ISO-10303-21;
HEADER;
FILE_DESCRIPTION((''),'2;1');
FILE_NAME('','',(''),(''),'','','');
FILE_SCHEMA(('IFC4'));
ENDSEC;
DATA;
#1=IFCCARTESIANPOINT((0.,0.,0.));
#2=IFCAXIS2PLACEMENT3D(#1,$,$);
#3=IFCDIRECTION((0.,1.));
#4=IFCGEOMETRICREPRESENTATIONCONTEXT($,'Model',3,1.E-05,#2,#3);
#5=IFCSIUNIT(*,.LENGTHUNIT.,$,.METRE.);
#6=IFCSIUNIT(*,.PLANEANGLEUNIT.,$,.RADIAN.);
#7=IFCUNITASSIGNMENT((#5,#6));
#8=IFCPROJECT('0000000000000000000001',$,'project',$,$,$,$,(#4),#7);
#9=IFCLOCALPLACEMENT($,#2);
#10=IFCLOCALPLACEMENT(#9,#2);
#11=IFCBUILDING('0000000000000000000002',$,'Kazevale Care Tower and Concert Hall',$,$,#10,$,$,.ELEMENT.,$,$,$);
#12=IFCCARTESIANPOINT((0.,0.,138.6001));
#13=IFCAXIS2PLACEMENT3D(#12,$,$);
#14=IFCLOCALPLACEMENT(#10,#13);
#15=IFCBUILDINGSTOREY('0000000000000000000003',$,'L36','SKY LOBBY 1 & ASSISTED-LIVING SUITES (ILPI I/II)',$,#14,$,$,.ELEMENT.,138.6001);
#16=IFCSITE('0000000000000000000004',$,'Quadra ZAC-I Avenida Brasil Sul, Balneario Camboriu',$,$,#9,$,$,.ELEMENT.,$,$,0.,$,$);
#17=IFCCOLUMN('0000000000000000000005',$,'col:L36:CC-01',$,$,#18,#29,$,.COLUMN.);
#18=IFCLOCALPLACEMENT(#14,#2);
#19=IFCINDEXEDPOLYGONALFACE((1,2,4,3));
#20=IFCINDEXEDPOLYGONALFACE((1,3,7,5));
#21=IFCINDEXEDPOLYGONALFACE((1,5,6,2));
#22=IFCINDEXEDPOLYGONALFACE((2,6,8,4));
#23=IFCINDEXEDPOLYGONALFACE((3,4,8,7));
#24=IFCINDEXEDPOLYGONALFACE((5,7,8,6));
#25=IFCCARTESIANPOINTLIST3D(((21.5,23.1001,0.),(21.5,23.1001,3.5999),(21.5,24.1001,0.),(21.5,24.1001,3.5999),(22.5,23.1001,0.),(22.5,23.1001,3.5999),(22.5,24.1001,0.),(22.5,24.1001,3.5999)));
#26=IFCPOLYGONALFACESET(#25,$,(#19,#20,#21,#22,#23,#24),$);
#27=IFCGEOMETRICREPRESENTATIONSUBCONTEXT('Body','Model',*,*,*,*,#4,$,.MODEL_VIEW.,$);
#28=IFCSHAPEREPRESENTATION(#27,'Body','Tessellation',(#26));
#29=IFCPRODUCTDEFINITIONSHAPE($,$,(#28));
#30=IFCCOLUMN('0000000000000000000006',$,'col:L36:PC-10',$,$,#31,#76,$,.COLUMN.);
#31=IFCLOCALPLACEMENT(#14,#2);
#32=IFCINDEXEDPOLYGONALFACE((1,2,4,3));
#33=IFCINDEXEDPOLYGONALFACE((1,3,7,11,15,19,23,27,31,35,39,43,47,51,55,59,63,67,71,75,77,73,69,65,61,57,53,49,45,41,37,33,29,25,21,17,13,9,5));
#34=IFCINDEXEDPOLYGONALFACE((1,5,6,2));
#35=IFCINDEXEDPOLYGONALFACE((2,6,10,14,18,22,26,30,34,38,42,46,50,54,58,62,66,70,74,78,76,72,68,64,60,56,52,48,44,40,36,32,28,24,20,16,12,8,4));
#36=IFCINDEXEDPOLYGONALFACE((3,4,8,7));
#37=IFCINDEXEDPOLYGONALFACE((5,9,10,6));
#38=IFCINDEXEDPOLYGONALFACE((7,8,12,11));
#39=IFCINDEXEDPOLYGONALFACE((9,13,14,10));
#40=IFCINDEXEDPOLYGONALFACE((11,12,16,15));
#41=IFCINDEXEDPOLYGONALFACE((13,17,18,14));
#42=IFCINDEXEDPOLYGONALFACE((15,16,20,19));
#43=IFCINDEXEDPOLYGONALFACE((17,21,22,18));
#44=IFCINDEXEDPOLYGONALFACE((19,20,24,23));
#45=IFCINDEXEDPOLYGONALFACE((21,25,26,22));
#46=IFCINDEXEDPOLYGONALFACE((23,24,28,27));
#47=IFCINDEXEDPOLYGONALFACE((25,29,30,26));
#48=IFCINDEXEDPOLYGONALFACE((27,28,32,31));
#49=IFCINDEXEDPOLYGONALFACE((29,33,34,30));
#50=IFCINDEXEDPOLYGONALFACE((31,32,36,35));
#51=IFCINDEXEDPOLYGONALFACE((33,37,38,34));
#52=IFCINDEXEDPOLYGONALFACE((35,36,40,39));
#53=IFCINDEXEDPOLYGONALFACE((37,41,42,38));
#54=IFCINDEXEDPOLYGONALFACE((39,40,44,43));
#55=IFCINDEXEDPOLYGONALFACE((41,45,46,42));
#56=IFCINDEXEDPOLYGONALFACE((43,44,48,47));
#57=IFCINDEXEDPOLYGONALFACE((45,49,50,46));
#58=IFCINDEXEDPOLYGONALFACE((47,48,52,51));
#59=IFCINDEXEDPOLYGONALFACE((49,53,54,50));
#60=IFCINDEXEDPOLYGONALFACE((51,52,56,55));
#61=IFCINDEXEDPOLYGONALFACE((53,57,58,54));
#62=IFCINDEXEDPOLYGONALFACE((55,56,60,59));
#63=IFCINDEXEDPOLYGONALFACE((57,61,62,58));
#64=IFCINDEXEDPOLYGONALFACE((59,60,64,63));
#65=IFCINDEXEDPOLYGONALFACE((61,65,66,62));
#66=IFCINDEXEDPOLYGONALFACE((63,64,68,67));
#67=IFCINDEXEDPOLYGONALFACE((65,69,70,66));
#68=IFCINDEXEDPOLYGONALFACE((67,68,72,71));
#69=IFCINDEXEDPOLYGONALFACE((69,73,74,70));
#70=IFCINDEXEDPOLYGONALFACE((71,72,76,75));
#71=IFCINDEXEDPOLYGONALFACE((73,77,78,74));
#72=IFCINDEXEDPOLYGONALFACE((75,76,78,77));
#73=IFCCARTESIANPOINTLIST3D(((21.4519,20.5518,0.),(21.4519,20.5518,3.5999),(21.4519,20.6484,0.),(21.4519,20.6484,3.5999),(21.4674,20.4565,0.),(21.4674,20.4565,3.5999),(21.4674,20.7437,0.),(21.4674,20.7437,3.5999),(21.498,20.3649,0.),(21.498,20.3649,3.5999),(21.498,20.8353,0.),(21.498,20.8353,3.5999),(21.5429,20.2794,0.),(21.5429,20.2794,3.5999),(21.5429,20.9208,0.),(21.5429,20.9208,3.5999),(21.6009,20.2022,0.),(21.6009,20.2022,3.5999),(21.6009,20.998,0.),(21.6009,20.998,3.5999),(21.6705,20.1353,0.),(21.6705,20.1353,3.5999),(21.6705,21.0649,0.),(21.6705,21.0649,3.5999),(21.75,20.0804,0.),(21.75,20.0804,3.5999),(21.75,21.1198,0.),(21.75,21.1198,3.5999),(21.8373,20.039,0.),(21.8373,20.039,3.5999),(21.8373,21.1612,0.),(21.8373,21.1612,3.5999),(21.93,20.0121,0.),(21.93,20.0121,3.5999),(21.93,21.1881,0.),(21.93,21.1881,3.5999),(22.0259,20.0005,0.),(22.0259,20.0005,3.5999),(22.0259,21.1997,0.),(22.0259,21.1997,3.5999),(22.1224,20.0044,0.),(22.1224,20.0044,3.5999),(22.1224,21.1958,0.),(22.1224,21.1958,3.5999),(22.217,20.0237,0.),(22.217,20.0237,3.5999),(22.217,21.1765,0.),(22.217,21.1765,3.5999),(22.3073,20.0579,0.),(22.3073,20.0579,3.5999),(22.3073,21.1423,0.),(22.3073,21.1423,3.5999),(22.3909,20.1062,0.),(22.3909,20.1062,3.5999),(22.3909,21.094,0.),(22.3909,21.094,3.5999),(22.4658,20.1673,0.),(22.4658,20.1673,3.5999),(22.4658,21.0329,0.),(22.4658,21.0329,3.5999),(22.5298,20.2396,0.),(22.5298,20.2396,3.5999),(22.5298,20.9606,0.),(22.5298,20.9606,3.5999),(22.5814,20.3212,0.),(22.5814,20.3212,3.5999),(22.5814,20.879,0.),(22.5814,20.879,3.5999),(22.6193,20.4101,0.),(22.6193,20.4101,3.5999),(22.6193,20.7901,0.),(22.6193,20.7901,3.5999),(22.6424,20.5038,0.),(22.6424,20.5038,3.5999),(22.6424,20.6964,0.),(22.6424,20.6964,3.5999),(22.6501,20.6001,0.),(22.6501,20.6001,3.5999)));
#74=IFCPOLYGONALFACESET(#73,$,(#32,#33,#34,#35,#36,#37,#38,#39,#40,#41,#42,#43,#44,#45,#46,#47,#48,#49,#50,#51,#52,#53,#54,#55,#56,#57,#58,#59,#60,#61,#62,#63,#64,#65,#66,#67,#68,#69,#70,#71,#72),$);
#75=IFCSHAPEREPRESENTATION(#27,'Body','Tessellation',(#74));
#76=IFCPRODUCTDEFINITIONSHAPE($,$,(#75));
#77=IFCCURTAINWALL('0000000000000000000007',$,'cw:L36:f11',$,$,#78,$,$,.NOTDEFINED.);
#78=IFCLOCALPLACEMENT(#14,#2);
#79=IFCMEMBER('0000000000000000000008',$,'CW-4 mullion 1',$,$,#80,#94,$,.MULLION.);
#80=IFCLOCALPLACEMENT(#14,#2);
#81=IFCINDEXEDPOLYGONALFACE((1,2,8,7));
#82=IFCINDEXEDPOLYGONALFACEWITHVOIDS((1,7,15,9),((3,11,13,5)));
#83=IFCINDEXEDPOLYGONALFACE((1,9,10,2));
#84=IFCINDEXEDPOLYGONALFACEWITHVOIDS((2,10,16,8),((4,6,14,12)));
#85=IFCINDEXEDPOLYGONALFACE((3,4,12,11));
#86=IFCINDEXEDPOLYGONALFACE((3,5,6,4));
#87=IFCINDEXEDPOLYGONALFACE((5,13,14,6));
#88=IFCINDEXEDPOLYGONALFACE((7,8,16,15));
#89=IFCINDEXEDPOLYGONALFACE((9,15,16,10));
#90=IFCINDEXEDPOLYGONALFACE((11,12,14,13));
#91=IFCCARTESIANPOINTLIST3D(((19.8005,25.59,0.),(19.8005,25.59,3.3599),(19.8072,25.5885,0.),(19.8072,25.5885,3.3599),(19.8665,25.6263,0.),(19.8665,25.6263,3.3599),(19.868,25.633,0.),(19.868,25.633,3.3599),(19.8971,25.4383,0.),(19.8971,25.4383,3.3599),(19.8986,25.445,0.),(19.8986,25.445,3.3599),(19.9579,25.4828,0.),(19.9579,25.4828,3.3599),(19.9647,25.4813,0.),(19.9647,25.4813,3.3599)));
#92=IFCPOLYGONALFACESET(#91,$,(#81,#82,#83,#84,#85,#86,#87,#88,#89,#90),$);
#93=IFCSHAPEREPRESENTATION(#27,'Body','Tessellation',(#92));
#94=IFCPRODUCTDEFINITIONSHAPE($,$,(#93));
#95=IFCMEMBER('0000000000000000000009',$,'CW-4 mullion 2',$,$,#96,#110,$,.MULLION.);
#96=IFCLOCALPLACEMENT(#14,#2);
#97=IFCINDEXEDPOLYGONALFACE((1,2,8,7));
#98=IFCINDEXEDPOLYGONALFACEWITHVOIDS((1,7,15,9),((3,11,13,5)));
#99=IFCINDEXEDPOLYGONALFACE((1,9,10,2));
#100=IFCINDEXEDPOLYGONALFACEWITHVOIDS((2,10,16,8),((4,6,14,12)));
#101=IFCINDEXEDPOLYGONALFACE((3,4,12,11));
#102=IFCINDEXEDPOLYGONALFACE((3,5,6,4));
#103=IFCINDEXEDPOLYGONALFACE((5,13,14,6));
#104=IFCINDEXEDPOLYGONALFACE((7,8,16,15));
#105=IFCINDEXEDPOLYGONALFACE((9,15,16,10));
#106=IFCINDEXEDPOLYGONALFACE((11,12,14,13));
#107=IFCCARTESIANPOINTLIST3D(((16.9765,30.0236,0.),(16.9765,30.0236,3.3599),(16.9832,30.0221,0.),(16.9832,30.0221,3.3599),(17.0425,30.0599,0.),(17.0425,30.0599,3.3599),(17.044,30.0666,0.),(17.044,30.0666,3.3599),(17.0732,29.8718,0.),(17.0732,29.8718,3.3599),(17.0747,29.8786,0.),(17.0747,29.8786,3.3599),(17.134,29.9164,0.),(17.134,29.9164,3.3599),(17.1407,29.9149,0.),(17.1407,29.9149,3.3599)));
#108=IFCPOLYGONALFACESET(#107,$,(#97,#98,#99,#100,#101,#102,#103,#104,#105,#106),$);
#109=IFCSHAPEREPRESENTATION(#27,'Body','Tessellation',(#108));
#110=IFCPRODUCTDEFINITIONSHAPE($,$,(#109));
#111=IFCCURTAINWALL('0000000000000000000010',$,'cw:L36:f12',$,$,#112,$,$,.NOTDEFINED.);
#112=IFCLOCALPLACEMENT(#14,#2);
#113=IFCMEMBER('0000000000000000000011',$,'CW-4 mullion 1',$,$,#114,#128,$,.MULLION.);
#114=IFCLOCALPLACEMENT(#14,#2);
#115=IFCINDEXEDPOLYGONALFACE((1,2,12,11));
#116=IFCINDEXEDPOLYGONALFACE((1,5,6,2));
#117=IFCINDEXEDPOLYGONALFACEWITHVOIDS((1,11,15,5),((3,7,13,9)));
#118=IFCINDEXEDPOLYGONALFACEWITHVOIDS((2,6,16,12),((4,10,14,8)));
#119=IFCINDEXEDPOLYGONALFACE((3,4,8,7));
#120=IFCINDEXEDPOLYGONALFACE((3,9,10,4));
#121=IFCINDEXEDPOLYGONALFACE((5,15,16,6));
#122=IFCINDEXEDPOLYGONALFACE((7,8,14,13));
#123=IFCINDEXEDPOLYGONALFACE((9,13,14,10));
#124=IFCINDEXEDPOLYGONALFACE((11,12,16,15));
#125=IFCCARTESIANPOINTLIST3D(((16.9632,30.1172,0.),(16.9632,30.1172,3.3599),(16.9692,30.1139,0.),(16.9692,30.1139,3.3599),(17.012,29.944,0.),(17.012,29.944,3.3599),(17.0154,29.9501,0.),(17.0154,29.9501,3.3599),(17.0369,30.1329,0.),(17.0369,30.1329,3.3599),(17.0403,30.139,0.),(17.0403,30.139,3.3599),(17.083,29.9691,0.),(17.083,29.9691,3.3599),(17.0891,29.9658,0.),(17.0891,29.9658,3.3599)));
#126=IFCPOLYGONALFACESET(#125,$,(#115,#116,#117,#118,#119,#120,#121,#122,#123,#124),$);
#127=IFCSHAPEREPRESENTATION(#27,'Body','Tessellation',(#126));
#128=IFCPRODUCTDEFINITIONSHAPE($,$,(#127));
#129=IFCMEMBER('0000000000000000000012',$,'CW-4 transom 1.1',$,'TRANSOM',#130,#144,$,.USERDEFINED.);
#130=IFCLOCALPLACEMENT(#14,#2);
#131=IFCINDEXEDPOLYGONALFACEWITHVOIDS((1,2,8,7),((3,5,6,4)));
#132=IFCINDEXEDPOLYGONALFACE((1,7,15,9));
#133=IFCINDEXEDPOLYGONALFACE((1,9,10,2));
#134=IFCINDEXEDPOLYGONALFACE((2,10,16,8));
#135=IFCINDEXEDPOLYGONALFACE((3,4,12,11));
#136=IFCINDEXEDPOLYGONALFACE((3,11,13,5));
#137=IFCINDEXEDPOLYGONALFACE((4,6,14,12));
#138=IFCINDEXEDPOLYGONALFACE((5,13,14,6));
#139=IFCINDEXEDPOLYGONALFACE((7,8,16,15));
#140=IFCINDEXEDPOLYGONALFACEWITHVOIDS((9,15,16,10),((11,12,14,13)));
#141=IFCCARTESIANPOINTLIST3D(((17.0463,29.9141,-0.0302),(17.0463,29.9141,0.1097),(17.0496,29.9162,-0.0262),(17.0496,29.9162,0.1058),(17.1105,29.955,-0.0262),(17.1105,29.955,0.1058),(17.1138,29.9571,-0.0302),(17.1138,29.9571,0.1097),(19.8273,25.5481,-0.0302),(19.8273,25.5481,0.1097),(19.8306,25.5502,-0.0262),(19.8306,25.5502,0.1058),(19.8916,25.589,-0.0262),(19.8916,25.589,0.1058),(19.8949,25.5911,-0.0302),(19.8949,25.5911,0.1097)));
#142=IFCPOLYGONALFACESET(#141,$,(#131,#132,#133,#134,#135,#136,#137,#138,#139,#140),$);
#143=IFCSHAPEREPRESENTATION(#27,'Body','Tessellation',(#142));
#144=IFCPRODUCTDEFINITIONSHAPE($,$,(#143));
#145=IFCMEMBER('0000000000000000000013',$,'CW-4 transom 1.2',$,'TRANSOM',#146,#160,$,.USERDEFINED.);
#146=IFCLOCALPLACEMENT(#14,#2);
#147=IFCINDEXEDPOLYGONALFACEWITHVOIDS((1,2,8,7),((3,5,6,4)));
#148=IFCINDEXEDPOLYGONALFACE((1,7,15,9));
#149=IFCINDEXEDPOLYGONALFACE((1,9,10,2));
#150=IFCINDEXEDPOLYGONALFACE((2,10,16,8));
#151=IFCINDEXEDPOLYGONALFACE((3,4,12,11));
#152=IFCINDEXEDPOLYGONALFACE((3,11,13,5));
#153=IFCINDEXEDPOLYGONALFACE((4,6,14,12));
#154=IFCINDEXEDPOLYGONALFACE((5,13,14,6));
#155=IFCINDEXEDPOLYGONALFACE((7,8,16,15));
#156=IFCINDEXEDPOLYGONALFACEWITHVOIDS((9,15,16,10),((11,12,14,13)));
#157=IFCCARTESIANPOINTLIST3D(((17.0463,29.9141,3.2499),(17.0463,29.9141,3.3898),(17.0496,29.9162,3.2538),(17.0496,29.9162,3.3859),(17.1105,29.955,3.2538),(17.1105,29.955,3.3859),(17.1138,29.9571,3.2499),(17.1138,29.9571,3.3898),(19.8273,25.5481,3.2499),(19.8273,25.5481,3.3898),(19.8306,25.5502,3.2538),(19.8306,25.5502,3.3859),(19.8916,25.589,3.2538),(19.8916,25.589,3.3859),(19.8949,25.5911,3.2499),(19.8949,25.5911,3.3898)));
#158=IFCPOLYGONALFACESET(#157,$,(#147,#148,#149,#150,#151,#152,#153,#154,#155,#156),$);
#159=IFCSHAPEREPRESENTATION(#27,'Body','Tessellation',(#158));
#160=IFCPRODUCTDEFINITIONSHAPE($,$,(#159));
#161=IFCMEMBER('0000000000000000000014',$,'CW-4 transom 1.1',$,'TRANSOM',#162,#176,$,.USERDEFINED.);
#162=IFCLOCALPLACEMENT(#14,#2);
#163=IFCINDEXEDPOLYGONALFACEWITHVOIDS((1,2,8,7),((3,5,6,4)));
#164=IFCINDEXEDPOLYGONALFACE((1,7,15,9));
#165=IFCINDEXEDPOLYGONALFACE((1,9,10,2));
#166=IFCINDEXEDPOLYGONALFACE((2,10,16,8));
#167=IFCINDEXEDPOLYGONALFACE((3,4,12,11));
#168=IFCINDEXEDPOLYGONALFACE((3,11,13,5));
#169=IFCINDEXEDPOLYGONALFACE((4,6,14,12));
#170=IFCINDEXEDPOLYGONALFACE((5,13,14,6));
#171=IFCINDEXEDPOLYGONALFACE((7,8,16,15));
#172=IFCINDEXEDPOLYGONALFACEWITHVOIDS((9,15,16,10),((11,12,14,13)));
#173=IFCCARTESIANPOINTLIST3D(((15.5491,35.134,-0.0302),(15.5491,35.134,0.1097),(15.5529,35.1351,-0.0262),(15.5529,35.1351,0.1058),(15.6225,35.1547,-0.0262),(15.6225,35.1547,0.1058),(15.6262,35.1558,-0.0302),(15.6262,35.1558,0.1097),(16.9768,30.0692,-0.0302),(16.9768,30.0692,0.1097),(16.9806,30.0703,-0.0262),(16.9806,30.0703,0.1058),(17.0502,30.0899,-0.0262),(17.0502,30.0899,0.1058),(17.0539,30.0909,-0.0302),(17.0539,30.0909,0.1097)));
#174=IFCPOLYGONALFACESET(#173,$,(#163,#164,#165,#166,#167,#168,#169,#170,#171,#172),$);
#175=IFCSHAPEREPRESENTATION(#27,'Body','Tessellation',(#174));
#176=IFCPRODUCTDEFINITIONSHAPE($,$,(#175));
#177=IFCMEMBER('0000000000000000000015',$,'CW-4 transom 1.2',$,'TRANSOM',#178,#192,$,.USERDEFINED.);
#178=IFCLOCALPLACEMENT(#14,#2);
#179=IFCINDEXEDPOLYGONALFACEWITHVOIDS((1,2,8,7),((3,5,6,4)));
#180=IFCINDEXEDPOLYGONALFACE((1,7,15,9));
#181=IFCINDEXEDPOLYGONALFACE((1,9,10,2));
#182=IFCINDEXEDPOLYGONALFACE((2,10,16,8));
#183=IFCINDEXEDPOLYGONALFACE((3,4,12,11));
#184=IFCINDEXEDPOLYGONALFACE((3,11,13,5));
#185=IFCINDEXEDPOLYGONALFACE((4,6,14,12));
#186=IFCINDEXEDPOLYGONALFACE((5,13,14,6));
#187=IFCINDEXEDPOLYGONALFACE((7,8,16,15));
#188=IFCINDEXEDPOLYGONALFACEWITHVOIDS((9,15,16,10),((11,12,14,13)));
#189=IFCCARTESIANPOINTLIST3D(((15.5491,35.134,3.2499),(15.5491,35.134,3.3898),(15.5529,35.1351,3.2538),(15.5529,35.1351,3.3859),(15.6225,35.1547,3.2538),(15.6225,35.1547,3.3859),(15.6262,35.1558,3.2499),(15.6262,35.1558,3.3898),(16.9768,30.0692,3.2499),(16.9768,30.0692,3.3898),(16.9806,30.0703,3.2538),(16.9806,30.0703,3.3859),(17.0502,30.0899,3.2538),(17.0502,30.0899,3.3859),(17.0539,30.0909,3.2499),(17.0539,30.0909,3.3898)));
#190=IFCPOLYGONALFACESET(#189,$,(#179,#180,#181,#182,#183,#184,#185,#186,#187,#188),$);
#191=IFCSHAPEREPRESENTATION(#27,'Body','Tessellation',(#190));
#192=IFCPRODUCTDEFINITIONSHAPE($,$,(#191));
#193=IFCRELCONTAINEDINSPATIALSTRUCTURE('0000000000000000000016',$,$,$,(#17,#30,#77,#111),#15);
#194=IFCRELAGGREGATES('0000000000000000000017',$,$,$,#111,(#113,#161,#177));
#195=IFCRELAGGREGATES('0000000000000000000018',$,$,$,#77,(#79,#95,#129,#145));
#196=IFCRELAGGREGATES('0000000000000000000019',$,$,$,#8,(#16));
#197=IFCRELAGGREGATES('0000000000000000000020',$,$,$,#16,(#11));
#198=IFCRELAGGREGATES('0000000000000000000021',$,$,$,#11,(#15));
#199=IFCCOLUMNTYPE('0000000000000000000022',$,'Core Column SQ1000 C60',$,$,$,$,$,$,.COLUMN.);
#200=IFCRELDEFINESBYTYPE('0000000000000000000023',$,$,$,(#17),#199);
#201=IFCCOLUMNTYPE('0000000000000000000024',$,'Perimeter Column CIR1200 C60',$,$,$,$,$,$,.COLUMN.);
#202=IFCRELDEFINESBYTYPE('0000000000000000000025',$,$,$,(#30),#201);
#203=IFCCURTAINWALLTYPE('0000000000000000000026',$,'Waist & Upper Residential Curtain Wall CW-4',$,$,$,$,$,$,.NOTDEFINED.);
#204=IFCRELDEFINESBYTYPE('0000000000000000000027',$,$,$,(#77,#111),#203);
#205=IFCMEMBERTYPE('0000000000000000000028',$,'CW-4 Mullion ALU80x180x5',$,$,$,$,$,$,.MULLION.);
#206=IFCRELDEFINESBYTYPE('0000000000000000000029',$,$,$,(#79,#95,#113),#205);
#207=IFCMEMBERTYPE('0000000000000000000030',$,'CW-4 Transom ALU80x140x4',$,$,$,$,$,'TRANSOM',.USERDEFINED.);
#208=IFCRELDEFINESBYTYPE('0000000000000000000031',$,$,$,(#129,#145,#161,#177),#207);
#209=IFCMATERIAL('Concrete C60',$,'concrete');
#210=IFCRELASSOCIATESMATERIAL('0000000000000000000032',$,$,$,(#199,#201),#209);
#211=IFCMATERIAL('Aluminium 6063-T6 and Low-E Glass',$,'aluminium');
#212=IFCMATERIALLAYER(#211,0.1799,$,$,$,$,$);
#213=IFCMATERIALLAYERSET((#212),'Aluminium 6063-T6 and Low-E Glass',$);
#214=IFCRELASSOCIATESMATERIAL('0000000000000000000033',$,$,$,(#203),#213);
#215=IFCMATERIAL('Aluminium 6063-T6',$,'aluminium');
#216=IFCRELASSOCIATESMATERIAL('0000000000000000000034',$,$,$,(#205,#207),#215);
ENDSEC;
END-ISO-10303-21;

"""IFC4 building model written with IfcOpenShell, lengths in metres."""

from ifc_helpers import new_model, si_unit, direction, frame, origin, origin_2d, place, context, subcontext, project, spatial, rectangle, hollow_rectangle, circle, extrude, material, layer, layer_set, material_profile, profile_set, type_object, element, aggregate, save


model = new_model("IFC4")

# Units and contexts
model_context = context("Model", 3, precision=1e-05, world=origin(), true_north=direction((0.0, 1.0)))
body_context = subcontext(model_context, "Body", "Model", "MODEL_VIEW")
ifc_project = project(units=[si_unit("LENGTHUNIT", "METRE"), si_unit("PLANEANGLEUNIT", "RADIAN")], contexts=[model_context])

# Site, building, storey
site_placement = place(None, origin())
site = spatial("IfcSite", under=ifc_project, at=site_placement, Name="Quadra ZAC-I Avenida Brasil Sul, Balneario Camboriu", CompositionType="ELEMENT", RefElevation=0.0)
building_placement = place(site_placement, origin())
building = spatial("IfcBuilding", under=site, at=building_placement, Name="Kazevale Care Tower and Concert Hall", CompositionType="ELEMENT")
storey_placement = place(building_placement, frame((0.0, 0.0, 138.6001)))
storey = spatial("IfcBuildingStorey", under=building, at=storey_placement, Name="L36", Description="SKY LOBBY 1 & ASSISTED-LIVING SUITES (ILPI I/II)", CompositionType="ELEMENT", Elevation=138.6001)

# Columns
ifc_material_1 = material(Name="Concrete C60", Category="concrete")
ifc_material_profile_1 = material_profile(ifc_material_1, rectangle(XDim=1.0, YDim=1.0, at=origin_2d()), Name="RC-SQ1000")
ifc_profile_set_1 = profile_set([ifc_material_profile_1], Name="Concrete C60")
column_type_1 = type_object("IfcColumnType", Name="Core Column SQ1000 C60", PredefinedType="COLUMN", material=ifc_profile_set_1)
column_1_placement = place(storey_placement, frame((22.0, 23.6001, 0.0), z_axis=(0.0, 0.0, 1.0), x_axis=(1.0, 0.0, 0.0)))
element("IfcColumn", 1, at=column_1_placement, inside=storey, type_object=column_type_1, Name="col:L36:CC-01", PredefinedType="COLUMN", context=body_context, shape_type="SweptSolid", body=[
    extrude(rectangle(XDim=1.0, YDim=1.0, at=origin_2d()), origin(), (0.0, 0.0, 1.0), 3.5999),
])
ifc_material_profile_2 = material_profile(ifc_material_1, circle(Radius=0.6001, at=origin_2d()), Name="RC-CIR1200")
ifc_profile_set_2 = profile_set([ifc_material_profile_2], Name="Concrete C60")
column_type_2 = type_object("IfcColumnType", Name="Perimeter Column CIR1200 C60", PredefinedType="COLUMN", material=ifc_profile_set_2)
column_2_placement = place(storey_placement, frame((22.05, 20.6001, 0.0), z_axis=(0.0, 0.0, 1.0), x_axis=(1.0, 0.0, 0.0)))
element("IfcColumn", 2, at=column_2_placement, inside=storey, type_object=column_type_2, Name="col:L36:PC-10", PredefinedType="COLUMN", context=body_context, shape_type="SweptSolid", body=[
    extrude(circle(Radius=0.6001, at=origin_2d()), origin(), (0.0, 0.0, 1.0), 3.5999),
])

# Curtain wall, members
ifc_material_2 = material(Name="Aluminium 6063-T6 and Low-E Glass", Category="aluminium")
ifc_layer_1 = layer(ifc_material_2, 0.1799)
ifc_layer_set_1 = layer_set([ifc_layer_1], Name="Aluminium 6063-T6 and Low-E Glass")
curtain_wall_type_1 = type_object("IfcCurtainWallType", Name="Waist & Upper Residential Curtain Wall CW-4", PredefinedType="NOTDEFINED", material=ifc_layer_set_1)
curtain_wall_1_placement = place(storey_placement, origin())
curtain_wall_1 = element("IfcCurtainWall", 3, at=curtain_wall_1_placement, inside=storey, type_object=curtain_wall_type_1, Name="cw:L36:f11", PredefinedType="NOTDEFINED")
ifc_material_3 = material(Name="Aluminium 6063-T6", Category="aluminium")
ifc_material_profile_3 = material_profile(ifc_material_3, hollow_rectangle(XDim=0.0801, YDim=0.1799, WallThickness=0.0049, at=origin_2d()), Name="ALU80x180x5")
ifc_profile_set_3 = profile_set([ifc_material_profile_3], Name="Aluminium 6063-T6")
member_type_1 = type_object("IfcMemberType", Name="CW-4 Mullion ALU80x180x5", PredefinedType="MULLION", material=ifc_profile_set_3)
member_1_placement = place(storey_placement, frame((19.8826, 25.5356, 0.0), z_axis=(0.0, 0.0, 1.0), x_axis=(-0.84343, -0.537239, 0.0)))
member_1 = element("IfcMember", 4, at=member_1_placement, type_object=member_type_1, Name="CW-4 mullion 1", PredefinedType="MULLION", context=body_context, shape_type="SweptSolid", body=[
    extrude(hollow_rectangle(XDim=0.0801, YDim=0.1799, WallThickness=0.0049, at=origin_2d()), origin(), (0.0, 0.0, 1.0), 3.3599),
])
member_2_placement = place(storey_placement, frame((17.0586, 29.9692, 0.0), z_axis=(0.0, 0.0, 1.0), x_axis=(-0.84343, -0.537239, 0.0)))
member_2 = element("IfcMember", 5, at=member_2_placement, type_object=member_type_1, Name="CW-4 mullion 2", PredefinedType="MULLION", context=body_context, shape_type="SweptSolid", body=[
    extrude(hollow_rectangle(XDim=0.0801, YDim=0.1799, WallThickness=0.0049, at=origin_2d()), origin(), (0.0, 0.0, 1.0), 3.3599),
])

# Curtain wall, member
curtain_wall_2_placement = place(storey_placement, origin())
curtain_wall_2 = element("IfcCurtainWall", 6, at=curtain_wall_2_placement, inside=storey, type_object=curtain_wall_type_1, Name="cw:L36:f12", PredefinedType="NOTDEFINED")
member_3_placement = place(storey_placement, frame((17.0261, 30.0415, 0.0), z_axis=(0.0, 0.0, 1.0), x_axis=(-0.962499, -0.271285, 0.0)))
member_3 = element("IfcMember", 7, at=member_3_placement, type_object=member_type_1, Name="CW-4 mullion 1", PredefinedType="MULLION", context=body_context, shape_type="SweptSolid", body=[
    extrude(hollow_rectangle(XDim=0.0801, YDim=0.1799, WallThickness=0.0049, at=origin_2d()), origin(), (0.0, 0.0, 1.0), 3.3599),
])

# Members
ifc_material_profile_4 = material_profile(ifc_material_3, hollow_rectangle(XDim=0.0801, YDim=0.1399, WallThickness=0.0039, at=origin_2d()), Name="ALU80x140x4")
ifc_profile_set_4 = profile_set([ifc_material_profile_4], Name="Aluminium 6063-T6")
member_type_2 = type_object("IfcMemberType", Name="CW-4 Transom ALU80x140x4", ElementType="TRANSOM", PredefinedType="USERDEFINED", material=ifc_profile_set_4)
member_4_placement = place(storey_placement, frame((19.8611, 25.5696, 0.0398), z_axis=(-0.537242, 0.843428, 0.0), x_axis=(-0.843428, -0.537242, 0.0)))
member_4 = element("IfcMember", 8, at=member_4_placement, type_object=member_type_2, Name="CW-4 transom 1.1", ObjectType="TRANSOM", PredefinedType="USERDEFINED", context=body_context, shape_type="SweptSolid", body=[
    extrude(hollow_rectangle(XDim=0.0801, YDim=0.1399, WallThickness=0.0039, at=origin_2d()), origin(), (0.0, 0.0, 1.0), 5.1765),
])
member_5_placement = place(storey_placement, frame((19.8611, 25.5696, 3.3198), z_axis=(-0.537242, 0.843428, 0.0), x_axis=(-0.843428, -0.537242, 0.0)))
member_5 = element("IfcMember", 9, at=member_5_placement, type_object=member_type_2, Name="CW-4 transom 1.2", ObjectType="TRANSOM", PredefinedType="USERDEFINED", context=body_context, shape_type="SweptSolid", body=[
    extrude(hollow_rectangle(XDim=0.0801, YDim=0.1399, WallThickness=0.0039, at=origin_2d()), origin(), (0.0, 0.0, 1.0), 5.1765),
])
member_6_placement = place(storey_placement, frame((17.0154, 30.0801, 0.0398), z_axis=(-0.271313, 0.962491, 0.0), x_axis=(-0.962491, -0.271313, 0.0)))
member_6 = element("IfcMember", 10, at=member_6_placement, type_object=member_type_2, Name="CW-4 transom 1.1", ObjectType="TRANSOM", PredefinedType="USERDEFINED", context=body_context, shape_type="SweptSolid", body=[
    extrude(hollow_rectangle(XDim=0.0801, YDim=0.1399, WallThickness=0.0039, at=origin_2d()), origin(), (0.0, 0.0, 1.0), 5.2622),
])
member_7_placement = place(storey_placement, frame((17.0154, 30.0801, 3.3198), z_axis=(-0.271313, 0.962491, 0.0), x_axis=(-0.962491, -0.271313, 0.0)))
member_7 = element("IfcMember", 11, at=member_7_placement, type_object=member_type_2, Name="CW-4 transom 1.2", ObjectType="TRANSOM", PredefinedType="USERDEFINED", context=body_context, shape_type="SweptSolid", body=[
    extrude(hollow_rectangle(XDim=0.0801, YDim=0.1399, WallThickness=0.0039, at=origin_2d()), origin(), (0.0, 0.0, 1.0), 5.2622),
])
aggregate(curtain_wall_2, [member_3, member_6, member_7])

aggregate(curtain_wall_1, [member_1, member_2, member_4, member_5])

save(model, "model.ifc")
